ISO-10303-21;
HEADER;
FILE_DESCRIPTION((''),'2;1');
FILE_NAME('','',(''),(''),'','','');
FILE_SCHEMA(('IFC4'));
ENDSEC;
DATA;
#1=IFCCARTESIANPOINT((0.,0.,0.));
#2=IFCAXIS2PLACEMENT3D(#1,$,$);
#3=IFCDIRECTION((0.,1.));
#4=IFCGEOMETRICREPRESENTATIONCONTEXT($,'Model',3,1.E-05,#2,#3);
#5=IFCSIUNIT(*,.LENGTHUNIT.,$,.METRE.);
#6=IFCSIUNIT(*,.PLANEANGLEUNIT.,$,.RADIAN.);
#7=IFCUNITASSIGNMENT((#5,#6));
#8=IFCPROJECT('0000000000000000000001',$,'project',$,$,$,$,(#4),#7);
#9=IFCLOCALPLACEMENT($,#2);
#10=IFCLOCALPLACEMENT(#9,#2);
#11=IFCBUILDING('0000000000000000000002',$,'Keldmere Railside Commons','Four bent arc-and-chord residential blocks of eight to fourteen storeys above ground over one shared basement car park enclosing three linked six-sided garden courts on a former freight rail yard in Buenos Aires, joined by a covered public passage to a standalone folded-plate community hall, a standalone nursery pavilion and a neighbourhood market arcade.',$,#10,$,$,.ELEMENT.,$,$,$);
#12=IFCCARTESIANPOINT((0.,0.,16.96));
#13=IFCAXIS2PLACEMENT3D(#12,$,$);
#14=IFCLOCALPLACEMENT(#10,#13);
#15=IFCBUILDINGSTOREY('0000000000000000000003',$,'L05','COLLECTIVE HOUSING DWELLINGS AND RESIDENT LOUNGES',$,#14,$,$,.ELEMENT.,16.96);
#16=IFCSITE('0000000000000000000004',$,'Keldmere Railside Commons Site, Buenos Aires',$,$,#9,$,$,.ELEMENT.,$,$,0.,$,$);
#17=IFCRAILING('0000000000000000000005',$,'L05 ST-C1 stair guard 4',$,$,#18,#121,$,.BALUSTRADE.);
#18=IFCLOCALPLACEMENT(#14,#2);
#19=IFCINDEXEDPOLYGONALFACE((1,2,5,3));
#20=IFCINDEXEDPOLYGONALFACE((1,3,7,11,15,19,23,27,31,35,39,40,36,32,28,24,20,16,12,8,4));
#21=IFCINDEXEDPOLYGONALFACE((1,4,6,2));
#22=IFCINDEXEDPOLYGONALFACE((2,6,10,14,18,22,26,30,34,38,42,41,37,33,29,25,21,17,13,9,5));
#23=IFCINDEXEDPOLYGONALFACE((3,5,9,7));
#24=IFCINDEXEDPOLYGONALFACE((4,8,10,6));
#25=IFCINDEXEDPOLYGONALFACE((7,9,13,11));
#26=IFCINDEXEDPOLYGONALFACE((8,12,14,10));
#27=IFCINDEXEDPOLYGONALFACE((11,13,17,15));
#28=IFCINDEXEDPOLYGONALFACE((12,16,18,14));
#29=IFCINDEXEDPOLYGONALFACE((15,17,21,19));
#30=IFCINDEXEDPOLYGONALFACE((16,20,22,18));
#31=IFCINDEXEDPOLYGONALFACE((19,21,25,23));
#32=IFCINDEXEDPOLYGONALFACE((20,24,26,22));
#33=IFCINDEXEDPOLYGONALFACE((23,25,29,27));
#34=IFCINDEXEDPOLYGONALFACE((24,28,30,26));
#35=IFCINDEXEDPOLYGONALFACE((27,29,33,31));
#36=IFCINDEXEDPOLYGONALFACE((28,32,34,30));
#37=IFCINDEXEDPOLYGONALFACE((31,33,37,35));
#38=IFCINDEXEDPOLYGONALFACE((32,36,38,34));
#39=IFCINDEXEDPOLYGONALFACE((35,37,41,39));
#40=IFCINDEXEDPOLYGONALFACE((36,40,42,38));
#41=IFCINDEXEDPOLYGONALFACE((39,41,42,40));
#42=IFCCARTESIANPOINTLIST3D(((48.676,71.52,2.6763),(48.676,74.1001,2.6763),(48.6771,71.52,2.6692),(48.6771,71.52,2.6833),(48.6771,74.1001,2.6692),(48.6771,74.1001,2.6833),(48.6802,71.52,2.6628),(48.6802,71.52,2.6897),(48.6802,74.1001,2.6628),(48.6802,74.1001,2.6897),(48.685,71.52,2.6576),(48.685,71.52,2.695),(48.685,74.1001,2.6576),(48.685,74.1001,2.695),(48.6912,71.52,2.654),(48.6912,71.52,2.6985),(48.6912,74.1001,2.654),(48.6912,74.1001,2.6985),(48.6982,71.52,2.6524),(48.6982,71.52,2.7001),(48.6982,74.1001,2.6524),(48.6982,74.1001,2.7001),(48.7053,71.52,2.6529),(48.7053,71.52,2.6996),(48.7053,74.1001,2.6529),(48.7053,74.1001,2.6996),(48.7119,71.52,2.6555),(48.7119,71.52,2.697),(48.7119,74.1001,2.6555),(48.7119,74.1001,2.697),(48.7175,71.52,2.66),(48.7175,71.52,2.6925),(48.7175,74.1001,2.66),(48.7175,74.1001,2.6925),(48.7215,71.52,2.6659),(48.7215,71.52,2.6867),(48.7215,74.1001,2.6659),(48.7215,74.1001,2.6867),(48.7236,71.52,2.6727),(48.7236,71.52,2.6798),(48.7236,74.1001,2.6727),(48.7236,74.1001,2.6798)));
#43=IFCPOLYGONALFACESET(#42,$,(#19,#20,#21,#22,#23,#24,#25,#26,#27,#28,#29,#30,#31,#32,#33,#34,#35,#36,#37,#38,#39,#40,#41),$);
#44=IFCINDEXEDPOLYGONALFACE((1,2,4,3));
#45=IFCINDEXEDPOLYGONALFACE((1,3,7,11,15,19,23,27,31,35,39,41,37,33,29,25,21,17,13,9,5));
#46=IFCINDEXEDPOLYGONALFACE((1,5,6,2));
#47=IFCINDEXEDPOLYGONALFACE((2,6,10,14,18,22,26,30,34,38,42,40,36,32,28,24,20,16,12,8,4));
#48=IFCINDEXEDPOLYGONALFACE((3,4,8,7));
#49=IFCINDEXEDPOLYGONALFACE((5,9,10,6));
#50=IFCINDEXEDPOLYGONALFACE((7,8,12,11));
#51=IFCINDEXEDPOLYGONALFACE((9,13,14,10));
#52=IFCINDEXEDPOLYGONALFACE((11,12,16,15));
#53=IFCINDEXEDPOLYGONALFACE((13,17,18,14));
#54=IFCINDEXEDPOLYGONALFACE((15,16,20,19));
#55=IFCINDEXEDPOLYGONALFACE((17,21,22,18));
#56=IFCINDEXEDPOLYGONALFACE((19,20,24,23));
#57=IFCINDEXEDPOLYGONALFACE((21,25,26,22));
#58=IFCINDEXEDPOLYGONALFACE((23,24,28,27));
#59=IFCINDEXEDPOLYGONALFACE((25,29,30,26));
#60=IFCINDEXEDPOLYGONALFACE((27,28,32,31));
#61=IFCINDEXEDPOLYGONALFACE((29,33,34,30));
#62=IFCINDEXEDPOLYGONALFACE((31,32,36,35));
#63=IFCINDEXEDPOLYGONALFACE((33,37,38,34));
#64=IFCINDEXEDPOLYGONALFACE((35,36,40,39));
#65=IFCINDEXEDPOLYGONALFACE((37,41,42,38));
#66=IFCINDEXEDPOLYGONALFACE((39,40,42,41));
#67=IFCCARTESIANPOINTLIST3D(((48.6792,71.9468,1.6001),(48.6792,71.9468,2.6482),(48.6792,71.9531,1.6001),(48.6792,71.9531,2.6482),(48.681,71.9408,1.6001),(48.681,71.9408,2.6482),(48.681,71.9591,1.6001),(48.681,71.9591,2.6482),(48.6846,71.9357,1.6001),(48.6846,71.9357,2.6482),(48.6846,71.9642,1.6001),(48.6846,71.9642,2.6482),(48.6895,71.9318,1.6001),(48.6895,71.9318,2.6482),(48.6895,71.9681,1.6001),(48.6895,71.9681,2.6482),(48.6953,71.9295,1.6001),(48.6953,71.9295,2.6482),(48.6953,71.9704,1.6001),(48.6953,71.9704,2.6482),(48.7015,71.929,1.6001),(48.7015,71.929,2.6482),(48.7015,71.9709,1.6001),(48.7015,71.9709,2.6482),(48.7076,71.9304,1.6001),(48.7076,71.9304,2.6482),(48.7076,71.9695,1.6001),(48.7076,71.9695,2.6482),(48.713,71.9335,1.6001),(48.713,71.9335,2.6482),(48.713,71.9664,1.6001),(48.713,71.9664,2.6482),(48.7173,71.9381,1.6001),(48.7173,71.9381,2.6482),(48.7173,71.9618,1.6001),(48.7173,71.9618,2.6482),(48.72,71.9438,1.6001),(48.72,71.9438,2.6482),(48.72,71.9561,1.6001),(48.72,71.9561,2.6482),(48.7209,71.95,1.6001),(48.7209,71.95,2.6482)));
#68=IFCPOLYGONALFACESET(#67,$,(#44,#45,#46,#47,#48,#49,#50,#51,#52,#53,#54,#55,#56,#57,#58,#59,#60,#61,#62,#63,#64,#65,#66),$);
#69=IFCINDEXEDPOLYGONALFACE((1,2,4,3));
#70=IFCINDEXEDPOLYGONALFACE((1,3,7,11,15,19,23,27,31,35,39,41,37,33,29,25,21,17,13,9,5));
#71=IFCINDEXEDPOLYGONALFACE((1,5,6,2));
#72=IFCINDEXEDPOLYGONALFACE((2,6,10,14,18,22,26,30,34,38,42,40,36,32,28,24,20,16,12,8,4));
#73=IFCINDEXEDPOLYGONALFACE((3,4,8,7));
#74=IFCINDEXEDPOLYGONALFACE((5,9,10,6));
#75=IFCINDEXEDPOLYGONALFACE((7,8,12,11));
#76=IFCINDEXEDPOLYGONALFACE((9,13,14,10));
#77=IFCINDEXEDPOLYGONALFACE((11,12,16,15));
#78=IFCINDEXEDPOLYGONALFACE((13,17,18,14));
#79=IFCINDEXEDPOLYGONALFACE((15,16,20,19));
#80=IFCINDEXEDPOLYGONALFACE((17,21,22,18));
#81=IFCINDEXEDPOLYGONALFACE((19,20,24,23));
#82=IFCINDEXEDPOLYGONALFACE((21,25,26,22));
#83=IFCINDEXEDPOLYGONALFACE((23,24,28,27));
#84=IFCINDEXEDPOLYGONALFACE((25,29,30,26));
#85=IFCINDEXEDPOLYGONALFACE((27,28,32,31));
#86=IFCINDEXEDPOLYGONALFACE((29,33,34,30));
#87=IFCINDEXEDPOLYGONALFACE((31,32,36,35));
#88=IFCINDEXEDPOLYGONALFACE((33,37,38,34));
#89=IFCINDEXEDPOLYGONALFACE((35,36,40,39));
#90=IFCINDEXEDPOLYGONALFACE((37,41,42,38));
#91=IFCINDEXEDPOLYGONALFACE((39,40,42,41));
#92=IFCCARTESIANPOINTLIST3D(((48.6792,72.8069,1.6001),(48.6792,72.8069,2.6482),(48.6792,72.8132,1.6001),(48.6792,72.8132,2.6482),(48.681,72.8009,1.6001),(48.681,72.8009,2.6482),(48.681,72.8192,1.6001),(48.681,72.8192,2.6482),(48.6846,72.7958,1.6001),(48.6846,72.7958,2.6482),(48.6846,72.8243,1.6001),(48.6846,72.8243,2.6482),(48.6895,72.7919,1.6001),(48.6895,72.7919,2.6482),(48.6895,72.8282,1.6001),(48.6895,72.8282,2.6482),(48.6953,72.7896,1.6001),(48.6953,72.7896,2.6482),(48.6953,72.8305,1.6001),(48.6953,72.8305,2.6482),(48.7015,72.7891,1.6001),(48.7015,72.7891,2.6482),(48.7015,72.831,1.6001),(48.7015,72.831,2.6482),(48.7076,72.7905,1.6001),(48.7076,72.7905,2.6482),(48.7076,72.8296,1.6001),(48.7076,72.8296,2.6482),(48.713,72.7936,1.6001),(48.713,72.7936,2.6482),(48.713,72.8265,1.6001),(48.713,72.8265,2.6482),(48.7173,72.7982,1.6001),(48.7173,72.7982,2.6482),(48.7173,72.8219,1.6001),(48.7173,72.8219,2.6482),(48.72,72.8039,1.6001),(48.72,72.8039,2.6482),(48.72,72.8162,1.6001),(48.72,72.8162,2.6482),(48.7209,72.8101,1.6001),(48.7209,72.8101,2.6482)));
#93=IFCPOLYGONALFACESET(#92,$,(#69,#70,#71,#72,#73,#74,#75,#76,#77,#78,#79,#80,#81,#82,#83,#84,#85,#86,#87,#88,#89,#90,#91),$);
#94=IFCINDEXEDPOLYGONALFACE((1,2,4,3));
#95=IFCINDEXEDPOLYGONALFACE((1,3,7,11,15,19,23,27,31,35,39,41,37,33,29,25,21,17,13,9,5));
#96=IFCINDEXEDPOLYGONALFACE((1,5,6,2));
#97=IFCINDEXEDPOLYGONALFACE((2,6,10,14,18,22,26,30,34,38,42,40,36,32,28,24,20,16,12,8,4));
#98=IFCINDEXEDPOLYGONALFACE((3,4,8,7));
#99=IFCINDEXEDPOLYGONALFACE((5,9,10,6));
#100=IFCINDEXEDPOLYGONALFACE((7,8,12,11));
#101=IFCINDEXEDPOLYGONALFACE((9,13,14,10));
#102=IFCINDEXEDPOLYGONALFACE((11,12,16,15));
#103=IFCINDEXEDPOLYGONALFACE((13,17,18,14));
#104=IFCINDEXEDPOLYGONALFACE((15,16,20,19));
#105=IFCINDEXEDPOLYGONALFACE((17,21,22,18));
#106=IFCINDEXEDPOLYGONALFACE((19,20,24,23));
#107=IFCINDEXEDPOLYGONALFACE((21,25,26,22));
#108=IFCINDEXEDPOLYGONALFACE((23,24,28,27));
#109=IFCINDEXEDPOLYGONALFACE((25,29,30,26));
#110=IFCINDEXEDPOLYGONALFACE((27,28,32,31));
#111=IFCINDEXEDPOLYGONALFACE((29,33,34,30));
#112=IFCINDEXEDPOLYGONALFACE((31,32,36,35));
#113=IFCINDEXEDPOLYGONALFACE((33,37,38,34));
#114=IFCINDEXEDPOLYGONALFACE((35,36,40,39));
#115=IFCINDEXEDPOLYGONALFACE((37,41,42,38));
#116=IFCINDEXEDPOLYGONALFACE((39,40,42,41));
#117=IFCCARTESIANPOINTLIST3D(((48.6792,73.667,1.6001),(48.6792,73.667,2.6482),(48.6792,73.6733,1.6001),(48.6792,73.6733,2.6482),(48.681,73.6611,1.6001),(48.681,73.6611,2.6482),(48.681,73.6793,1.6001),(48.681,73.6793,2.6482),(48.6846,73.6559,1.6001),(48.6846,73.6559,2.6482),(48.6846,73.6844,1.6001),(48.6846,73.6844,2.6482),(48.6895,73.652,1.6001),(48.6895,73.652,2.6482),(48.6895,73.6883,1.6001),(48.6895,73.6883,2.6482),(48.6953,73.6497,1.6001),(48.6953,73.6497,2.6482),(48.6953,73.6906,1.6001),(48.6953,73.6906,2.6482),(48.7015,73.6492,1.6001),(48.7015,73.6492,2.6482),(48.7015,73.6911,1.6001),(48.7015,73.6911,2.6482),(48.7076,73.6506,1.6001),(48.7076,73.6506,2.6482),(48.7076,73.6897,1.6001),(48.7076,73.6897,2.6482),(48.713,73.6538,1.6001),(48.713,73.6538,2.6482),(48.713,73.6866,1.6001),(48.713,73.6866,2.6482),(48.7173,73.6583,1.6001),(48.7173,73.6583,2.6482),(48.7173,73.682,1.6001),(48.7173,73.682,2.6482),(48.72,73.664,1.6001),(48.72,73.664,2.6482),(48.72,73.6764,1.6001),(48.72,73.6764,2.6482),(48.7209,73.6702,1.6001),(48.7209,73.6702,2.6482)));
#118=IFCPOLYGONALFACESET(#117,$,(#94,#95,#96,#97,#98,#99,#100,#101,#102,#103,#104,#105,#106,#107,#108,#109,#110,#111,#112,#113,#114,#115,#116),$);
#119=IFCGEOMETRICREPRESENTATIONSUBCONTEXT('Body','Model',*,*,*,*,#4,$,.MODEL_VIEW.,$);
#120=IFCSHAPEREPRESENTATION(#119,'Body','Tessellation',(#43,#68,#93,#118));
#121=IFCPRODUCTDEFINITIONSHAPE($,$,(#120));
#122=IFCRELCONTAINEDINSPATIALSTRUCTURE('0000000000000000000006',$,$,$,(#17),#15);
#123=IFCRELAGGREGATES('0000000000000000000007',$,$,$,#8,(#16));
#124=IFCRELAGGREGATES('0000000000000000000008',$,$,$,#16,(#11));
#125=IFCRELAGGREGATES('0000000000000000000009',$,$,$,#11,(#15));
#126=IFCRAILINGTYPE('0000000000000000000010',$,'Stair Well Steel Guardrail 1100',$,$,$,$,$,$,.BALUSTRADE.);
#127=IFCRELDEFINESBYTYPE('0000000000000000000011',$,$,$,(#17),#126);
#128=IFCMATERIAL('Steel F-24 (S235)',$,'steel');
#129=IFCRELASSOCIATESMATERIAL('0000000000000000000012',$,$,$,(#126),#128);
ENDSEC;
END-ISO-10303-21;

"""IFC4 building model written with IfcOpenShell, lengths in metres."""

from ifc_helpers import new_model, si_unit, direction, frame, origin, origin_2d, place, context, subcontext, project, spatial, circle, extrude, material, type_object, element, save


model = new_model("IFC4")

# Units and contexts
model_context = context("Model", 3, precision=1e-05, world=origin(), true_north=direction((0.0, 1.0)))
body_context = subcontext(model_context, "Body", "Model", "MODEL_VIEW")
ifc_project = project(units=[si_unit("LENGTHUNIT", "METRE"), si_unit("PLANEANGLEUNIT", "RADIAN")], contexts=[model_context])

# Site, building, storey
site_placement = place(None, origin())
site = spatial("IfcSite", under=ifc_project, at=site_placement, Name="Keldmere Railside Commons Site, Buenos Aires", CompositionType="ELEMENT", RefElevation=0.0)
building_placement = place(site_placement, origin())
building = spatial("IfcBuilding", under=site, at=building_placement, Name="Keldmere Railside Commons", Description="Four bent arc-and-chord residential blocks of eight to fourteen storeys above ground over one shared basement car park enclosing three linked six-sided garden courts on a former freight rail yard in Buenos Aires, joined by a covered public passage to a standalone folded-plate community hall, a standalone nursery pavilion and a neighbourhood market arcade.", CompositionType="ELEMENT")
storey_placement = place(building_placement, frame((0.0, 0.0, 16.96)))
storey = spatial("IfcBuildingStorey", under=building, at=storey_placement, Name="L05", Description="COLLECTIVE HOUSING DWELLINGS AND RESIDENT LOUNGES", CompositionType="ELEMENT", Elevation=16.96)

# Railing
ifc_material_1 = material(Name="Steel F-24 (S235)", Category="steel")
railing_type_1 = type_object("IfcRailingType", Name="Stair Well Steel Guardrail 1100", PredefinedType="BALUSTRADE", material=ifc_material_1)
for number, where, name in (
    (1, (48.7, 71.52, 1.6001), "L05 ST-C1 stair guard 4"),
):
    element("IfcRailing", number, at=place(storey_placement, frame(where)), inside=storey, type_object=railing_type_1, Name=name, PredefinedType="BALUSTRADE", context=body_context, shape_type="SweptSolid", body=[
        extrude(circle(Radius=0.0239, at=origin_2d()), frame((0.0, 0.0, 1.0762), z_axis=(0.0, 1.0, 0.0), x_axis=(-1.0, 0.0, 0.0)), (0.0, 0.0, 1.0), 2.5801),
        extrude(circle(Radius=0.021, at=origin_2d()), frame((0.0, 0.4299, 0.0)), (0.0, 0.0, 1.0), 1.0481),
        extrude(circle(Radius=0.021, at=origin_2d()), frame((0.0, 1.29, 0.0)), (0.0, 0.0, 1.0), 1.0481),
        extrude(circle(Radius=0.021, at=origin_2d()), frame((0.0, 2.1501, 0.0)), (0.0, 0.0, 1.0), 1.0481),
    ])

save(model, "model.ifc")
